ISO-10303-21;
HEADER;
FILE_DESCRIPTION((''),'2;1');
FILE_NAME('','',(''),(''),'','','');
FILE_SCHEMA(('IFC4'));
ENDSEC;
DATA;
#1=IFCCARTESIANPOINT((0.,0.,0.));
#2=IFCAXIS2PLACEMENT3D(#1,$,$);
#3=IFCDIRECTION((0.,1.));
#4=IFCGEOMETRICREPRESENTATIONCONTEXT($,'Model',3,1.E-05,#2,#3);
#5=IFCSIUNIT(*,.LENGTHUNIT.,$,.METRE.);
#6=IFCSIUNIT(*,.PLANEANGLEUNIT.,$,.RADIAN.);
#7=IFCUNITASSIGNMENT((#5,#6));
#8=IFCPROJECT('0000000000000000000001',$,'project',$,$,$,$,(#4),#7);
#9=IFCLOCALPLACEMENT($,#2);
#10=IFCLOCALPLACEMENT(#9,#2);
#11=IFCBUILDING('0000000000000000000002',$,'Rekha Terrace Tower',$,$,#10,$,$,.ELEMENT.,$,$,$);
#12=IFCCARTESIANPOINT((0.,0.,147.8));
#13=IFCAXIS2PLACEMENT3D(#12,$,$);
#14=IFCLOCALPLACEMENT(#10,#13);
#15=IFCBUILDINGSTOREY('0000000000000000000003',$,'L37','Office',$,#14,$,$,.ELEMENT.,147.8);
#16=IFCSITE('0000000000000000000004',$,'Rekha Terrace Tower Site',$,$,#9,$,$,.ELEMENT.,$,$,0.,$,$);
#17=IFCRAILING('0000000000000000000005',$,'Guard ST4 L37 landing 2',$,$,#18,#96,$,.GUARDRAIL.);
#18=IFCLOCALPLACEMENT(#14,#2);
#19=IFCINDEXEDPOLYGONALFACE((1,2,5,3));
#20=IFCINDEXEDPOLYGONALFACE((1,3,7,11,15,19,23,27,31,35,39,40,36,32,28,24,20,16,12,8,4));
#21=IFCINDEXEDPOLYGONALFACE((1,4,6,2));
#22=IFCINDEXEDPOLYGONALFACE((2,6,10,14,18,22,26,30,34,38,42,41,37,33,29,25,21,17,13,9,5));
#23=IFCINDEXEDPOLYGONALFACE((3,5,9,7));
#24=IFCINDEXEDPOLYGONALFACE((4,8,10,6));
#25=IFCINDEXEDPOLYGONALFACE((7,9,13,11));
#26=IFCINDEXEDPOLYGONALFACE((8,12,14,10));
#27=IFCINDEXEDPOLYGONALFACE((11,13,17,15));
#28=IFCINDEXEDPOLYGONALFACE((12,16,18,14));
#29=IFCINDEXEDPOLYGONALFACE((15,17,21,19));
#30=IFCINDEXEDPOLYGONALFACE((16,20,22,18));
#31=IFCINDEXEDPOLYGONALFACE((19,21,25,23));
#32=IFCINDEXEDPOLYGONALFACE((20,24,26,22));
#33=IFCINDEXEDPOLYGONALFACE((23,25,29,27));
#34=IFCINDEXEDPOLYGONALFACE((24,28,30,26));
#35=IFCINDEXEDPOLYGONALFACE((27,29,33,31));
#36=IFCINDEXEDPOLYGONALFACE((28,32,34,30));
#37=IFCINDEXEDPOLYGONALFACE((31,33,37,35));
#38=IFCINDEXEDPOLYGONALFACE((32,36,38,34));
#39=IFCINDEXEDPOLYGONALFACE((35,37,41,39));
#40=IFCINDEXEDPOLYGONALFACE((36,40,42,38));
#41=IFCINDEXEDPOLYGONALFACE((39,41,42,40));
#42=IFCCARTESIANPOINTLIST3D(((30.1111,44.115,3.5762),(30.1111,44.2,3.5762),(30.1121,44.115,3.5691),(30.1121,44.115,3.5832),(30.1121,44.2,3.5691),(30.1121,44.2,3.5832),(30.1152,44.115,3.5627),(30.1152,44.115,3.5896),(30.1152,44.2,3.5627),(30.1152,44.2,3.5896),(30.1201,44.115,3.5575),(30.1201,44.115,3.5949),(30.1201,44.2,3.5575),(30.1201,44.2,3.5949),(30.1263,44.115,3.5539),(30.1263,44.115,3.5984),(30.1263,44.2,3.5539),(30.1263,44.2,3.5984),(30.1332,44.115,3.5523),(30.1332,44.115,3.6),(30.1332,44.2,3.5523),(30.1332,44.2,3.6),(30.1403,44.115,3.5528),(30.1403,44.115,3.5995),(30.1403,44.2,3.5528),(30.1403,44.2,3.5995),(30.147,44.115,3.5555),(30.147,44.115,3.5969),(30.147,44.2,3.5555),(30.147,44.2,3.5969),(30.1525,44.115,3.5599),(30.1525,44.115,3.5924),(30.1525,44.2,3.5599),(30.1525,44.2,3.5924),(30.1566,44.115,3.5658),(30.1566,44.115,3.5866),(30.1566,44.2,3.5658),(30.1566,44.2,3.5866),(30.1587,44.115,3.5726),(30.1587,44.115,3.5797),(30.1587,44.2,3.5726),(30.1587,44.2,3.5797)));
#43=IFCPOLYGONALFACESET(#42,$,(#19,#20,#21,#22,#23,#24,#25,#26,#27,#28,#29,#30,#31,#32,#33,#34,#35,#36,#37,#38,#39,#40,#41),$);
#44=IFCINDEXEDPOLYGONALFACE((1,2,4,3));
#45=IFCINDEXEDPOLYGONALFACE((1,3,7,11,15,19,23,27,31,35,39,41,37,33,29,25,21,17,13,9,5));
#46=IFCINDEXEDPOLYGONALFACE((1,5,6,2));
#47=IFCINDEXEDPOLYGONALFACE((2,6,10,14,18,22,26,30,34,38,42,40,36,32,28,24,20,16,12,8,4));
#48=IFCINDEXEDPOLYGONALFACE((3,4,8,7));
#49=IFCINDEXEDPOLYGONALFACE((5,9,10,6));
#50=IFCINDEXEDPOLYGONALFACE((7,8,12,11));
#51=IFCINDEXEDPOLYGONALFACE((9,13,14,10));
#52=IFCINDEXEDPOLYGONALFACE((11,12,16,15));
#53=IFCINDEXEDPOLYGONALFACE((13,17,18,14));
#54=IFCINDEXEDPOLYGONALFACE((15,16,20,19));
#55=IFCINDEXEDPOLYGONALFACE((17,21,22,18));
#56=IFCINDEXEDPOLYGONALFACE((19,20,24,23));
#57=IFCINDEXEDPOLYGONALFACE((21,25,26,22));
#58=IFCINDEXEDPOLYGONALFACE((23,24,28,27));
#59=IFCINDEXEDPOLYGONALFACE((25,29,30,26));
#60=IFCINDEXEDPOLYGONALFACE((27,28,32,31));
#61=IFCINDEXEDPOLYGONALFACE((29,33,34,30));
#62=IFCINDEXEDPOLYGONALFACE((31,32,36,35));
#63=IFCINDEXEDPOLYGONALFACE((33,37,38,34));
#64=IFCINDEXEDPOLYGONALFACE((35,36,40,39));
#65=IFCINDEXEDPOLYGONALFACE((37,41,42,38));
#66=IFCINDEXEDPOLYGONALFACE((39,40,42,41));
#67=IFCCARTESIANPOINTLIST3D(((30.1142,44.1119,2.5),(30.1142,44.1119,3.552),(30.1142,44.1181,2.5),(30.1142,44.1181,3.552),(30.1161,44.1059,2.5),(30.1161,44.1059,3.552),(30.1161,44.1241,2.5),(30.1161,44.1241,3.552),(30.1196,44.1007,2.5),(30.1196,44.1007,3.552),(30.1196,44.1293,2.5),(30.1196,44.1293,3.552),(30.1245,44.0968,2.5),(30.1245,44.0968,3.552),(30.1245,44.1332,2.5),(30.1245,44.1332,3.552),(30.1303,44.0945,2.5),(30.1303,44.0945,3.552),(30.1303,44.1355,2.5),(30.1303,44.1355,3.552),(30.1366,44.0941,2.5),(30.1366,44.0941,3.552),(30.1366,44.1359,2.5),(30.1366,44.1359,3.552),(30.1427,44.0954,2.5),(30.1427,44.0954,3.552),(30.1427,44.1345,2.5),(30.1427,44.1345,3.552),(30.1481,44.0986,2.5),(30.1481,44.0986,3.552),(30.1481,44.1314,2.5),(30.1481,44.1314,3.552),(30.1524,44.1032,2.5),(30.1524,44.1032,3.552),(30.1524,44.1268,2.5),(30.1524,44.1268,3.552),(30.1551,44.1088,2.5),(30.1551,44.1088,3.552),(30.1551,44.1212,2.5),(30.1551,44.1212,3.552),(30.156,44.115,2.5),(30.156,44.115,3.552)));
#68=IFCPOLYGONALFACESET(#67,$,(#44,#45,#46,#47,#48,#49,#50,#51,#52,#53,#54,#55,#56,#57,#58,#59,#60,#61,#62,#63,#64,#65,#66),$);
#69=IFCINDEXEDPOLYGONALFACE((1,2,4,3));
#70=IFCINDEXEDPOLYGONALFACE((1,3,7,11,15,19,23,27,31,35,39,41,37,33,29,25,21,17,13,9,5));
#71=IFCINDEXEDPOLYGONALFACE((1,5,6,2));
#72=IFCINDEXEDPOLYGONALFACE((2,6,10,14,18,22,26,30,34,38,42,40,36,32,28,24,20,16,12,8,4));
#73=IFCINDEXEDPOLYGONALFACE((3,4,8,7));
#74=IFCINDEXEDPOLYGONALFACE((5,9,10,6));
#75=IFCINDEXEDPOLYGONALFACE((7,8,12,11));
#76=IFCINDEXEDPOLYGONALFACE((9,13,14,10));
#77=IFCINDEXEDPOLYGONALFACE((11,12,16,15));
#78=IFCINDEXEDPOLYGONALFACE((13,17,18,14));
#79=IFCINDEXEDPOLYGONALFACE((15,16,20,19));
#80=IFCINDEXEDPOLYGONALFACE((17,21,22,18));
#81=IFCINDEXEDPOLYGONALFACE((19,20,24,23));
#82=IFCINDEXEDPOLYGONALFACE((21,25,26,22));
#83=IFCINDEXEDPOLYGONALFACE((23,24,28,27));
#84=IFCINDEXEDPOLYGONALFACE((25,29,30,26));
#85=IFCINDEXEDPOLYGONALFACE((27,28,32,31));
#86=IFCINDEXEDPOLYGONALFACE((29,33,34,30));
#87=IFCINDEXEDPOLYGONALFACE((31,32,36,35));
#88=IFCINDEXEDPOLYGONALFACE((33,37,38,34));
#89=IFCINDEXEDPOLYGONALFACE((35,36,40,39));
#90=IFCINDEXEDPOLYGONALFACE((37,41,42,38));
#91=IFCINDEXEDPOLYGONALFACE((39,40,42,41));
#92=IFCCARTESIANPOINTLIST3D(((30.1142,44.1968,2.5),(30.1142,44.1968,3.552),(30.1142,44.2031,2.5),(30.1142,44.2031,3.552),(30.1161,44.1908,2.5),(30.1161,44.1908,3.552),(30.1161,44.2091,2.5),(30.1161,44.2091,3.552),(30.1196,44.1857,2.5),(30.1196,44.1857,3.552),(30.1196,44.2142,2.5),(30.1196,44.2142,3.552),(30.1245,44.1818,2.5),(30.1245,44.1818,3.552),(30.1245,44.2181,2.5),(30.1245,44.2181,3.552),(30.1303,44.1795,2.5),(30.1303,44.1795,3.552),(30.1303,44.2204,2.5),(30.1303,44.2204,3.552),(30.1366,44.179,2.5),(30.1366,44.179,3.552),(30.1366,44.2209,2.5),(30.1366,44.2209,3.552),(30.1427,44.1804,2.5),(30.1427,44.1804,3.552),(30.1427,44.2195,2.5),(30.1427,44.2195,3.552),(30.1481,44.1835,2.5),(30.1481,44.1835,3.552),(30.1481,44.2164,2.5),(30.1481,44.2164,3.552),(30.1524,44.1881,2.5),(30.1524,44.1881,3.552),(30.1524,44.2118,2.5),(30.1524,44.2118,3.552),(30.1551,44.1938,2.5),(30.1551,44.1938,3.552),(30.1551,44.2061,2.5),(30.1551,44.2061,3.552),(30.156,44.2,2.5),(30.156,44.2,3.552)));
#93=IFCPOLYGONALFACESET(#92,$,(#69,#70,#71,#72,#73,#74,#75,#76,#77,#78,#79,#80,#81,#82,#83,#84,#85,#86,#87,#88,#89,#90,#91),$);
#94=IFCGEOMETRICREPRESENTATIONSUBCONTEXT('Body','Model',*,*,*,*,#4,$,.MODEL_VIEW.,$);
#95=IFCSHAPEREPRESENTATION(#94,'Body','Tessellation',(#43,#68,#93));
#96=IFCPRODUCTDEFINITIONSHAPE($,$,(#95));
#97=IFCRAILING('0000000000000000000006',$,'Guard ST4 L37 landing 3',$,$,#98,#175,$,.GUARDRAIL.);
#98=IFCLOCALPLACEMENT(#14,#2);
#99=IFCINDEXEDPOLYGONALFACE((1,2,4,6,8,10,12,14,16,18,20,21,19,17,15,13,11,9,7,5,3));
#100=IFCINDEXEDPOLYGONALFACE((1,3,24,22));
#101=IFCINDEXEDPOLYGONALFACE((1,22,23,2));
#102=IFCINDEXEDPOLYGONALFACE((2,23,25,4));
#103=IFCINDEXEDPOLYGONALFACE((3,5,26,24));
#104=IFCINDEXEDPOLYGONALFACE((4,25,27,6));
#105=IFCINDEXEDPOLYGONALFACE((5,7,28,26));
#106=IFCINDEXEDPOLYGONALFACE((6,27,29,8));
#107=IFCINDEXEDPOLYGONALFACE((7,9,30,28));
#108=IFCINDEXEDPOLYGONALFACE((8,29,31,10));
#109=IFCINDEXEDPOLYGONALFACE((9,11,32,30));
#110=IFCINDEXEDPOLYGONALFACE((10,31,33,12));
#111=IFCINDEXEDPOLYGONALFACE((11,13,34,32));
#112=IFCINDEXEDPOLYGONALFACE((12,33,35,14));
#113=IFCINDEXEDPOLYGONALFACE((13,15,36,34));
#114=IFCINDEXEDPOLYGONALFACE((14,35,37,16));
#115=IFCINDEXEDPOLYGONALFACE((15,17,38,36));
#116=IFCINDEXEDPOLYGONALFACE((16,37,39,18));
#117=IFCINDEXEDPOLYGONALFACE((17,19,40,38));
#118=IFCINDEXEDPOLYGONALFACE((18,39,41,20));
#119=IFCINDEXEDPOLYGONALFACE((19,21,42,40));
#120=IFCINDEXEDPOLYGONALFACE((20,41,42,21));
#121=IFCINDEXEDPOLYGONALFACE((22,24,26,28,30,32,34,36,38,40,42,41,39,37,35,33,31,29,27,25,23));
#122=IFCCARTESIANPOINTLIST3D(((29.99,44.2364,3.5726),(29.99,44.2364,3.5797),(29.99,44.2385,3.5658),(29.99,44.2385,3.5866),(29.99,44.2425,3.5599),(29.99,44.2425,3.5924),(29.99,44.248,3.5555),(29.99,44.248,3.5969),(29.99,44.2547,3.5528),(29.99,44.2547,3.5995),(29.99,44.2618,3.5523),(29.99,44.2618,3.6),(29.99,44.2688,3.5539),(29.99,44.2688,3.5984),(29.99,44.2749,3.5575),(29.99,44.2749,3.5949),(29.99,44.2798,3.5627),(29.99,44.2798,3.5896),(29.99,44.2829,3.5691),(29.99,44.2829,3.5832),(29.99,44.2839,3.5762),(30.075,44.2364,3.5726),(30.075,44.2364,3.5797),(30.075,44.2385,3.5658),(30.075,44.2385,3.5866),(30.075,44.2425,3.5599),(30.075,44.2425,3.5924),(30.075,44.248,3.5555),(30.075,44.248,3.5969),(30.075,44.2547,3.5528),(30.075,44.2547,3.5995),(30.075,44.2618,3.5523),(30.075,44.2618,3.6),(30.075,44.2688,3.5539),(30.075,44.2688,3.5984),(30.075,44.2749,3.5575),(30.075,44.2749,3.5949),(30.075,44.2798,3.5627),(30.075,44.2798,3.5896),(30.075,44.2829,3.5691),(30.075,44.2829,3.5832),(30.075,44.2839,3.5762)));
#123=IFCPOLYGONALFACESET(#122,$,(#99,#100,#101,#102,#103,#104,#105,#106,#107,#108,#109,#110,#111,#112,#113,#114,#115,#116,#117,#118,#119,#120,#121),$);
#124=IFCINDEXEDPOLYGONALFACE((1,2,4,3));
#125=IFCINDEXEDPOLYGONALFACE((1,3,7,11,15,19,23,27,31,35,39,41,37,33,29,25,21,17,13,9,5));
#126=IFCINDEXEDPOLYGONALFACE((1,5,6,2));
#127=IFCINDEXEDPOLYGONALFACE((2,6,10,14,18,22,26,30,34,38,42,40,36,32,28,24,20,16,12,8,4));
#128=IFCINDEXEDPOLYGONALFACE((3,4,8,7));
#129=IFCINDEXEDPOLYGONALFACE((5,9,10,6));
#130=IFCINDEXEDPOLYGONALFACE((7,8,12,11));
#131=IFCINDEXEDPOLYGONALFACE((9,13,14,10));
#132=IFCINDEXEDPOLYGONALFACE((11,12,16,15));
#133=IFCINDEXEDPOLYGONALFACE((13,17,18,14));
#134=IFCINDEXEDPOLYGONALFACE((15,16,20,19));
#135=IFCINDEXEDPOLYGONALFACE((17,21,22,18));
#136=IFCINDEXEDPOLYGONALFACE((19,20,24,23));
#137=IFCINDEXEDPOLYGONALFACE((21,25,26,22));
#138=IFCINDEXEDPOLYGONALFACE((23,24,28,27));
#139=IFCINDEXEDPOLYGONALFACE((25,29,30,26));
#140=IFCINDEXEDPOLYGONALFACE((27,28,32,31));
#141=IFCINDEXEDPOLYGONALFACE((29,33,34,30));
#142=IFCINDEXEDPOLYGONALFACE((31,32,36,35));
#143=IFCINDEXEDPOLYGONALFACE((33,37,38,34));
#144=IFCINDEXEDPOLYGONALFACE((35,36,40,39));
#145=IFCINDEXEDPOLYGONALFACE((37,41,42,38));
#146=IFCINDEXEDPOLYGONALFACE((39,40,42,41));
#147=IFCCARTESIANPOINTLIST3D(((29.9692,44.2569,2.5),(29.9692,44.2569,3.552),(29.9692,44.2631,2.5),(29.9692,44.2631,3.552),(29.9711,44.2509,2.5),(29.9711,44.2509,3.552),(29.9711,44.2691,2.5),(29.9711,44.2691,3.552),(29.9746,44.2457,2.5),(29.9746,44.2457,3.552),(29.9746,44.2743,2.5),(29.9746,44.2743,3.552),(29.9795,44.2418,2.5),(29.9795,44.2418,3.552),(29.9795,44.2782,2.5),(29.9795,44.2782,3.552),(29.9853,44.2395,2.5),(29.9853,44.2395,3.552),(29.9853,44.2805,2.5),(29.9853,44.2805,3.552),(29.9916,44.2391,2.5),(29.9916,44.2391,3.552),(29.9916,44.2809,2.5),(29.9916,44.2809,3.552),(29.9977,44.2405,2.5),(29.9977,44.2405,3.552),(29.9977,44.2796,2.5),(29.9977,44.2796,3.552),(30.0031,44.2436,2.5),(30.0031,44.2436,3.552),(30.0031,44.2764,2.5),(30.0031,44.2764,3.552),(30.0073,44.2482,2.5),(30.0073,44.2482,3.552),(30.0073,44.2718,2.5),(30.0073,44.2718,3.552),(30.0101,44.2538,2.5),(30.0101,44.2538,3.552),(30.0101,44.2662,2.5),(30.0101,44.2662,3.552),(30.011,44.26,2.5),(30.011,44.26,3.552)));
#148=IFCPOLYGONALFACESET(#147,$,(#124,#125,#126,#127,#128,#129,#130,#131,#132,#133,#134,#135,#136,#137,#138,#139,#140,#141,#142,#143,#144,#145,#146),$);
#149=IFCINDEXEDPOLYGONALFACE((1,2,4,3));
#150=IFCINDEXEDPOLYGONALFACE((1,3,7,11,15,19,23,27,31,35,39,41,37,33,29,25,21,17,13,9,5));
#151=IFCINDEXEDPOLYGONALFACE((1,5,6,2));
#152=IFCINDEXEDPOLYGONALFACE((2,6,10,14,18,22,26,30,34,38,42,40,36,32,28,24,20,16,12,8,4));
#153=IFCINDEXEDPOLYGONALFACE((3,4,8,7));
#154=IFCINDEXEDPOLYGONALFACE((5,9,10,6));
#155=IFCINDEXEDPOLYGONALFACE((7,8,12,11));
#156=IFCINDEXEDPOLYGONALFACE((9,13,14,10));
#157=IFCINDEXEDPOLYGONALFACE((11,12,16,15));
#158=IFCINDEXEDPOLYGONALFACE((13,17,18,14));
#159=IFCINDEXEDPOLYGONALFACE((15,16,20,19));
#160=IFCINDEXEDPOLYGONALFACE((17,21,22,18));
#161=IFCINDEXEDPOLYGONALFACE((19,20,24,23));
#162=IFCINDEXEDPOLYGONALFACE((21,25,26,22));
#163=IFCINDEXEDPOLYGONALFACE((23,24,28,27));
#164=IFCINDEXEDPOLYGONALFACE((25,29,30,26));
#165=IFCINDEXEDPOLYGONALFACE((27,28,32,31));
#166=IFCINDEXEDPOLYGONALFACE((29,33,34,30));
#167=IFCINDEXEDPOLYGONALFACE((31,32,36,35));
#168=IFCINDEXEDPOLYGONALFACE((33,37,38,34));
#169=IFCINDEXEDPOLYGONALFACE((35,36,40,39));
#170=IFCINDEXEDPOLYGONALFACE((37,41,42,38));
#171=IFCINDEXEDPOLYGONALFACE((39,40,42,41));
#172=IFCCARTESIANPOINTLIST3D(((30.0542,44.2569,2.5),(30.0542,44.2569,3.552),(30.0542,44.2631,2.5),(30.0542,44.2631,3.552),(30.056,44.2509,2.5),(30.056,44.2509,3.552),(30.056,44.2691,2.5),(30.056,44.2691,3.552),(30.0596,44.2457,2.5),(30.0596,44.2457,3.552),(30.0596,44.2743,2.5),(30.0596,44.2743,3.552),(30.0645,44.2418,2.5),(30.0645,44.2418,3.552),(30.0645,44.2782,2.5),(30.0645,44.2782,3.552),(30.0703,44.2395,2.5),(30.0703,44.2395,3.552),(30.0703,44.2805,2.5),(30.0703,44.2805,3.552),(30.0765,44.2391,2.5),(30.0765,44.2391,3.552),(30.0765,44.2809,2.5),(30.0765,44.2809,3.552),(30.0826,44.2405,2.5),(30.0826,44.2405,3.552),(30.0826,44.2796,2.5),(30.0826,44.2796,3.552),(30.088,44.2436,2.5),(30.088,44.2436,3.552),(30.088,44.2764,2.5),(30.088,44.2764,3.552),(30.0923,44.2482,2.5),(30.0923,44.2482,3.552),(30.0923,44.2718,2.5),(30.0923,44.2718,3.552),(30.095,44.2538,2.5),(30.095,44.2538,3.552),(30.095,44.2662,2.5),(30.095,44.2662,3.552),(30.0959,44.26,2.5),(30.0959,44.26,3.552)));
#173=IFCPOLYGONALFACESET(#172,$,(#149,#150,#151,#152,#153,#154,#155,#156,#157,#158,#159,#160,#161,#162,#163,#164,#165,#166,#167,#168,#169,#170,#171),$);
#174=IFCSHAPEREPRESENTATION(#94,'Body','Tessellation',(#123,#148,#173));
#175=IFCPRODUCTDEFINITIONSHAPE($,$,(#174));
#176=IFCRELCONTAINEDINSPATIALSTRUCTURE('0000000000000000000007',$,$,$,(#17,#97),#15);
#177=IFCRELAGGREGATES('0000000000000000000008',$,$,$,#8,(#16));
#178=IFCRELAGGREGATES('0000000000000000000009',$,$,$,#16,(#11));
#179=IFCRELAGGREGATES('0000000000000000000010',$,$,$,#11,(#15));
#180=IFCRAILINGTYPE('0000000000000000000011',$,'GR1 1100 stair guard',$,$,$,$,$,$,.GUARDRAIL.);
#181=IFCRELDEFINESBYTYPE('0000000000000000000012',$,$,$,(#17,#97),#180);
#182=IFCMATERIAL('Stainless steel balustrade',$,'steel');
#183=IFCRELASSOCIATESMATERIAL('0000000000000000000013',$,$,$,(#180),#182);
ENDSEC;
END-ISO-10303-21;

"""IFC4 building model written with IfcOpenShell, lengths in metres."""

from ifc_helpers import new_model, si_unit, direction, frame, origin, origin_2d, place, context, subcontext, project, spatial, circle, extrude, material, type_object, element, save


model = new_model("IFC4")

# Units and contexts
model_context = context("Model", 3, precision=1e-05, world=origin(), true_north=direction((0.0, 1.0)))
body_context = subcontext(model_context, "Body", "Model", "MODEL_VIEW")
ifc_project = project(units=[si_unit("LENGTHUNIT", "METRE"), si_unit("PLANEANGLEUNIT", "RADIAN")], contexts=[model_context])

# Site, building, storey
site_placement = place(None, origin())
site = spatial("IfcSite", under=ifc_project, at=site_placement, Name="Rekha Terrace Tower Site", CompositionType="ELEMENT", RefElevation=0.0)
building_placement = place(site_placement, origin())
building = spatial("IfcBuilding", under=site, at=building_placement, Name="Rekha Terrace Tower", CompositionType="ELEMENT")
storey_placement = place(building_placement, frame((0.0, 0.0, 147.8)))
storey = spatial("IfcBuildingStorey", under=building, at=storey_placement, Name="L37", Description="Office", CompositionType="ELEMENT", Elevation=147.8)

# Railings
ifc_material_1 = material(Name="Stainless steel balustrade", Category="steel")
railing_type_1 = type_object("IfcRailingType", Name="GR1 1100 stair guard", PredefinedType="GUARDRAIL", material=ifc_material_1)
railing_1_placement = place(storey_placement, frame((30.135, 44.115, 2.5)))
element("IfcRailing", 1, at=railing_1_placement, inside=storey, type_object=railing_type_1, Name="Guard ST4 L37 landing 2", PredefinedType="GUARDRAIL", context=body_context, shape_type="SweptSolid", body=[
    extrude(circle(Radius=0.0239, at=origin_2d()), frame((0.0, 0.0, 1.0762), z_axis=(0.0, 1.0, 0.0), x_axis=(-1.0, 0.0, 0.0)), (0.0, 0.0, 1.0), 0.085),
    extrude(circle(Radius=0.021, at=origin_2d()), origin(), (0.0, 0.0, 1.0), 1.052),
    extrude(circle(Radius=0.021, at=origin_2d()), frame((0.0, 0.085, 0.0)), (0.0, 0.0, 1.0), 1.052),
])
railing_2_placement = place(storey_placement, frame((29.99, 44.26, 2.5)))
element("IfcRailing", 2, at=railing_2_placement, inside=storey, type_object=railing_type_1, Name="Guard ST4 L37 landing 3", PredefinedType="GUARDRAIL", context=body_context, shape_type="SweptSolid", body=[
    extrude(circle(Radius=0.0239, at=origin_2d()), frame((0.0, 0.0, 1.0762), z_axis=(1.0, 0.0, 0.0), x_axis=(0.0, 1.0, 0.0)), (0.0, 0.0, 1.0), 0.085),
    extrude(circle(Radius=0.021, at=origin_2d()), origin(), (0.0, 0.0, 1.0), 1.052),
    extrude(circle(Radius=0.021, at=origin_2d()), frame((0.085, 0.0, 0.0)), (0.0, 0.0, 1.0), 1.052),
])

save(model, "model.ifc")
